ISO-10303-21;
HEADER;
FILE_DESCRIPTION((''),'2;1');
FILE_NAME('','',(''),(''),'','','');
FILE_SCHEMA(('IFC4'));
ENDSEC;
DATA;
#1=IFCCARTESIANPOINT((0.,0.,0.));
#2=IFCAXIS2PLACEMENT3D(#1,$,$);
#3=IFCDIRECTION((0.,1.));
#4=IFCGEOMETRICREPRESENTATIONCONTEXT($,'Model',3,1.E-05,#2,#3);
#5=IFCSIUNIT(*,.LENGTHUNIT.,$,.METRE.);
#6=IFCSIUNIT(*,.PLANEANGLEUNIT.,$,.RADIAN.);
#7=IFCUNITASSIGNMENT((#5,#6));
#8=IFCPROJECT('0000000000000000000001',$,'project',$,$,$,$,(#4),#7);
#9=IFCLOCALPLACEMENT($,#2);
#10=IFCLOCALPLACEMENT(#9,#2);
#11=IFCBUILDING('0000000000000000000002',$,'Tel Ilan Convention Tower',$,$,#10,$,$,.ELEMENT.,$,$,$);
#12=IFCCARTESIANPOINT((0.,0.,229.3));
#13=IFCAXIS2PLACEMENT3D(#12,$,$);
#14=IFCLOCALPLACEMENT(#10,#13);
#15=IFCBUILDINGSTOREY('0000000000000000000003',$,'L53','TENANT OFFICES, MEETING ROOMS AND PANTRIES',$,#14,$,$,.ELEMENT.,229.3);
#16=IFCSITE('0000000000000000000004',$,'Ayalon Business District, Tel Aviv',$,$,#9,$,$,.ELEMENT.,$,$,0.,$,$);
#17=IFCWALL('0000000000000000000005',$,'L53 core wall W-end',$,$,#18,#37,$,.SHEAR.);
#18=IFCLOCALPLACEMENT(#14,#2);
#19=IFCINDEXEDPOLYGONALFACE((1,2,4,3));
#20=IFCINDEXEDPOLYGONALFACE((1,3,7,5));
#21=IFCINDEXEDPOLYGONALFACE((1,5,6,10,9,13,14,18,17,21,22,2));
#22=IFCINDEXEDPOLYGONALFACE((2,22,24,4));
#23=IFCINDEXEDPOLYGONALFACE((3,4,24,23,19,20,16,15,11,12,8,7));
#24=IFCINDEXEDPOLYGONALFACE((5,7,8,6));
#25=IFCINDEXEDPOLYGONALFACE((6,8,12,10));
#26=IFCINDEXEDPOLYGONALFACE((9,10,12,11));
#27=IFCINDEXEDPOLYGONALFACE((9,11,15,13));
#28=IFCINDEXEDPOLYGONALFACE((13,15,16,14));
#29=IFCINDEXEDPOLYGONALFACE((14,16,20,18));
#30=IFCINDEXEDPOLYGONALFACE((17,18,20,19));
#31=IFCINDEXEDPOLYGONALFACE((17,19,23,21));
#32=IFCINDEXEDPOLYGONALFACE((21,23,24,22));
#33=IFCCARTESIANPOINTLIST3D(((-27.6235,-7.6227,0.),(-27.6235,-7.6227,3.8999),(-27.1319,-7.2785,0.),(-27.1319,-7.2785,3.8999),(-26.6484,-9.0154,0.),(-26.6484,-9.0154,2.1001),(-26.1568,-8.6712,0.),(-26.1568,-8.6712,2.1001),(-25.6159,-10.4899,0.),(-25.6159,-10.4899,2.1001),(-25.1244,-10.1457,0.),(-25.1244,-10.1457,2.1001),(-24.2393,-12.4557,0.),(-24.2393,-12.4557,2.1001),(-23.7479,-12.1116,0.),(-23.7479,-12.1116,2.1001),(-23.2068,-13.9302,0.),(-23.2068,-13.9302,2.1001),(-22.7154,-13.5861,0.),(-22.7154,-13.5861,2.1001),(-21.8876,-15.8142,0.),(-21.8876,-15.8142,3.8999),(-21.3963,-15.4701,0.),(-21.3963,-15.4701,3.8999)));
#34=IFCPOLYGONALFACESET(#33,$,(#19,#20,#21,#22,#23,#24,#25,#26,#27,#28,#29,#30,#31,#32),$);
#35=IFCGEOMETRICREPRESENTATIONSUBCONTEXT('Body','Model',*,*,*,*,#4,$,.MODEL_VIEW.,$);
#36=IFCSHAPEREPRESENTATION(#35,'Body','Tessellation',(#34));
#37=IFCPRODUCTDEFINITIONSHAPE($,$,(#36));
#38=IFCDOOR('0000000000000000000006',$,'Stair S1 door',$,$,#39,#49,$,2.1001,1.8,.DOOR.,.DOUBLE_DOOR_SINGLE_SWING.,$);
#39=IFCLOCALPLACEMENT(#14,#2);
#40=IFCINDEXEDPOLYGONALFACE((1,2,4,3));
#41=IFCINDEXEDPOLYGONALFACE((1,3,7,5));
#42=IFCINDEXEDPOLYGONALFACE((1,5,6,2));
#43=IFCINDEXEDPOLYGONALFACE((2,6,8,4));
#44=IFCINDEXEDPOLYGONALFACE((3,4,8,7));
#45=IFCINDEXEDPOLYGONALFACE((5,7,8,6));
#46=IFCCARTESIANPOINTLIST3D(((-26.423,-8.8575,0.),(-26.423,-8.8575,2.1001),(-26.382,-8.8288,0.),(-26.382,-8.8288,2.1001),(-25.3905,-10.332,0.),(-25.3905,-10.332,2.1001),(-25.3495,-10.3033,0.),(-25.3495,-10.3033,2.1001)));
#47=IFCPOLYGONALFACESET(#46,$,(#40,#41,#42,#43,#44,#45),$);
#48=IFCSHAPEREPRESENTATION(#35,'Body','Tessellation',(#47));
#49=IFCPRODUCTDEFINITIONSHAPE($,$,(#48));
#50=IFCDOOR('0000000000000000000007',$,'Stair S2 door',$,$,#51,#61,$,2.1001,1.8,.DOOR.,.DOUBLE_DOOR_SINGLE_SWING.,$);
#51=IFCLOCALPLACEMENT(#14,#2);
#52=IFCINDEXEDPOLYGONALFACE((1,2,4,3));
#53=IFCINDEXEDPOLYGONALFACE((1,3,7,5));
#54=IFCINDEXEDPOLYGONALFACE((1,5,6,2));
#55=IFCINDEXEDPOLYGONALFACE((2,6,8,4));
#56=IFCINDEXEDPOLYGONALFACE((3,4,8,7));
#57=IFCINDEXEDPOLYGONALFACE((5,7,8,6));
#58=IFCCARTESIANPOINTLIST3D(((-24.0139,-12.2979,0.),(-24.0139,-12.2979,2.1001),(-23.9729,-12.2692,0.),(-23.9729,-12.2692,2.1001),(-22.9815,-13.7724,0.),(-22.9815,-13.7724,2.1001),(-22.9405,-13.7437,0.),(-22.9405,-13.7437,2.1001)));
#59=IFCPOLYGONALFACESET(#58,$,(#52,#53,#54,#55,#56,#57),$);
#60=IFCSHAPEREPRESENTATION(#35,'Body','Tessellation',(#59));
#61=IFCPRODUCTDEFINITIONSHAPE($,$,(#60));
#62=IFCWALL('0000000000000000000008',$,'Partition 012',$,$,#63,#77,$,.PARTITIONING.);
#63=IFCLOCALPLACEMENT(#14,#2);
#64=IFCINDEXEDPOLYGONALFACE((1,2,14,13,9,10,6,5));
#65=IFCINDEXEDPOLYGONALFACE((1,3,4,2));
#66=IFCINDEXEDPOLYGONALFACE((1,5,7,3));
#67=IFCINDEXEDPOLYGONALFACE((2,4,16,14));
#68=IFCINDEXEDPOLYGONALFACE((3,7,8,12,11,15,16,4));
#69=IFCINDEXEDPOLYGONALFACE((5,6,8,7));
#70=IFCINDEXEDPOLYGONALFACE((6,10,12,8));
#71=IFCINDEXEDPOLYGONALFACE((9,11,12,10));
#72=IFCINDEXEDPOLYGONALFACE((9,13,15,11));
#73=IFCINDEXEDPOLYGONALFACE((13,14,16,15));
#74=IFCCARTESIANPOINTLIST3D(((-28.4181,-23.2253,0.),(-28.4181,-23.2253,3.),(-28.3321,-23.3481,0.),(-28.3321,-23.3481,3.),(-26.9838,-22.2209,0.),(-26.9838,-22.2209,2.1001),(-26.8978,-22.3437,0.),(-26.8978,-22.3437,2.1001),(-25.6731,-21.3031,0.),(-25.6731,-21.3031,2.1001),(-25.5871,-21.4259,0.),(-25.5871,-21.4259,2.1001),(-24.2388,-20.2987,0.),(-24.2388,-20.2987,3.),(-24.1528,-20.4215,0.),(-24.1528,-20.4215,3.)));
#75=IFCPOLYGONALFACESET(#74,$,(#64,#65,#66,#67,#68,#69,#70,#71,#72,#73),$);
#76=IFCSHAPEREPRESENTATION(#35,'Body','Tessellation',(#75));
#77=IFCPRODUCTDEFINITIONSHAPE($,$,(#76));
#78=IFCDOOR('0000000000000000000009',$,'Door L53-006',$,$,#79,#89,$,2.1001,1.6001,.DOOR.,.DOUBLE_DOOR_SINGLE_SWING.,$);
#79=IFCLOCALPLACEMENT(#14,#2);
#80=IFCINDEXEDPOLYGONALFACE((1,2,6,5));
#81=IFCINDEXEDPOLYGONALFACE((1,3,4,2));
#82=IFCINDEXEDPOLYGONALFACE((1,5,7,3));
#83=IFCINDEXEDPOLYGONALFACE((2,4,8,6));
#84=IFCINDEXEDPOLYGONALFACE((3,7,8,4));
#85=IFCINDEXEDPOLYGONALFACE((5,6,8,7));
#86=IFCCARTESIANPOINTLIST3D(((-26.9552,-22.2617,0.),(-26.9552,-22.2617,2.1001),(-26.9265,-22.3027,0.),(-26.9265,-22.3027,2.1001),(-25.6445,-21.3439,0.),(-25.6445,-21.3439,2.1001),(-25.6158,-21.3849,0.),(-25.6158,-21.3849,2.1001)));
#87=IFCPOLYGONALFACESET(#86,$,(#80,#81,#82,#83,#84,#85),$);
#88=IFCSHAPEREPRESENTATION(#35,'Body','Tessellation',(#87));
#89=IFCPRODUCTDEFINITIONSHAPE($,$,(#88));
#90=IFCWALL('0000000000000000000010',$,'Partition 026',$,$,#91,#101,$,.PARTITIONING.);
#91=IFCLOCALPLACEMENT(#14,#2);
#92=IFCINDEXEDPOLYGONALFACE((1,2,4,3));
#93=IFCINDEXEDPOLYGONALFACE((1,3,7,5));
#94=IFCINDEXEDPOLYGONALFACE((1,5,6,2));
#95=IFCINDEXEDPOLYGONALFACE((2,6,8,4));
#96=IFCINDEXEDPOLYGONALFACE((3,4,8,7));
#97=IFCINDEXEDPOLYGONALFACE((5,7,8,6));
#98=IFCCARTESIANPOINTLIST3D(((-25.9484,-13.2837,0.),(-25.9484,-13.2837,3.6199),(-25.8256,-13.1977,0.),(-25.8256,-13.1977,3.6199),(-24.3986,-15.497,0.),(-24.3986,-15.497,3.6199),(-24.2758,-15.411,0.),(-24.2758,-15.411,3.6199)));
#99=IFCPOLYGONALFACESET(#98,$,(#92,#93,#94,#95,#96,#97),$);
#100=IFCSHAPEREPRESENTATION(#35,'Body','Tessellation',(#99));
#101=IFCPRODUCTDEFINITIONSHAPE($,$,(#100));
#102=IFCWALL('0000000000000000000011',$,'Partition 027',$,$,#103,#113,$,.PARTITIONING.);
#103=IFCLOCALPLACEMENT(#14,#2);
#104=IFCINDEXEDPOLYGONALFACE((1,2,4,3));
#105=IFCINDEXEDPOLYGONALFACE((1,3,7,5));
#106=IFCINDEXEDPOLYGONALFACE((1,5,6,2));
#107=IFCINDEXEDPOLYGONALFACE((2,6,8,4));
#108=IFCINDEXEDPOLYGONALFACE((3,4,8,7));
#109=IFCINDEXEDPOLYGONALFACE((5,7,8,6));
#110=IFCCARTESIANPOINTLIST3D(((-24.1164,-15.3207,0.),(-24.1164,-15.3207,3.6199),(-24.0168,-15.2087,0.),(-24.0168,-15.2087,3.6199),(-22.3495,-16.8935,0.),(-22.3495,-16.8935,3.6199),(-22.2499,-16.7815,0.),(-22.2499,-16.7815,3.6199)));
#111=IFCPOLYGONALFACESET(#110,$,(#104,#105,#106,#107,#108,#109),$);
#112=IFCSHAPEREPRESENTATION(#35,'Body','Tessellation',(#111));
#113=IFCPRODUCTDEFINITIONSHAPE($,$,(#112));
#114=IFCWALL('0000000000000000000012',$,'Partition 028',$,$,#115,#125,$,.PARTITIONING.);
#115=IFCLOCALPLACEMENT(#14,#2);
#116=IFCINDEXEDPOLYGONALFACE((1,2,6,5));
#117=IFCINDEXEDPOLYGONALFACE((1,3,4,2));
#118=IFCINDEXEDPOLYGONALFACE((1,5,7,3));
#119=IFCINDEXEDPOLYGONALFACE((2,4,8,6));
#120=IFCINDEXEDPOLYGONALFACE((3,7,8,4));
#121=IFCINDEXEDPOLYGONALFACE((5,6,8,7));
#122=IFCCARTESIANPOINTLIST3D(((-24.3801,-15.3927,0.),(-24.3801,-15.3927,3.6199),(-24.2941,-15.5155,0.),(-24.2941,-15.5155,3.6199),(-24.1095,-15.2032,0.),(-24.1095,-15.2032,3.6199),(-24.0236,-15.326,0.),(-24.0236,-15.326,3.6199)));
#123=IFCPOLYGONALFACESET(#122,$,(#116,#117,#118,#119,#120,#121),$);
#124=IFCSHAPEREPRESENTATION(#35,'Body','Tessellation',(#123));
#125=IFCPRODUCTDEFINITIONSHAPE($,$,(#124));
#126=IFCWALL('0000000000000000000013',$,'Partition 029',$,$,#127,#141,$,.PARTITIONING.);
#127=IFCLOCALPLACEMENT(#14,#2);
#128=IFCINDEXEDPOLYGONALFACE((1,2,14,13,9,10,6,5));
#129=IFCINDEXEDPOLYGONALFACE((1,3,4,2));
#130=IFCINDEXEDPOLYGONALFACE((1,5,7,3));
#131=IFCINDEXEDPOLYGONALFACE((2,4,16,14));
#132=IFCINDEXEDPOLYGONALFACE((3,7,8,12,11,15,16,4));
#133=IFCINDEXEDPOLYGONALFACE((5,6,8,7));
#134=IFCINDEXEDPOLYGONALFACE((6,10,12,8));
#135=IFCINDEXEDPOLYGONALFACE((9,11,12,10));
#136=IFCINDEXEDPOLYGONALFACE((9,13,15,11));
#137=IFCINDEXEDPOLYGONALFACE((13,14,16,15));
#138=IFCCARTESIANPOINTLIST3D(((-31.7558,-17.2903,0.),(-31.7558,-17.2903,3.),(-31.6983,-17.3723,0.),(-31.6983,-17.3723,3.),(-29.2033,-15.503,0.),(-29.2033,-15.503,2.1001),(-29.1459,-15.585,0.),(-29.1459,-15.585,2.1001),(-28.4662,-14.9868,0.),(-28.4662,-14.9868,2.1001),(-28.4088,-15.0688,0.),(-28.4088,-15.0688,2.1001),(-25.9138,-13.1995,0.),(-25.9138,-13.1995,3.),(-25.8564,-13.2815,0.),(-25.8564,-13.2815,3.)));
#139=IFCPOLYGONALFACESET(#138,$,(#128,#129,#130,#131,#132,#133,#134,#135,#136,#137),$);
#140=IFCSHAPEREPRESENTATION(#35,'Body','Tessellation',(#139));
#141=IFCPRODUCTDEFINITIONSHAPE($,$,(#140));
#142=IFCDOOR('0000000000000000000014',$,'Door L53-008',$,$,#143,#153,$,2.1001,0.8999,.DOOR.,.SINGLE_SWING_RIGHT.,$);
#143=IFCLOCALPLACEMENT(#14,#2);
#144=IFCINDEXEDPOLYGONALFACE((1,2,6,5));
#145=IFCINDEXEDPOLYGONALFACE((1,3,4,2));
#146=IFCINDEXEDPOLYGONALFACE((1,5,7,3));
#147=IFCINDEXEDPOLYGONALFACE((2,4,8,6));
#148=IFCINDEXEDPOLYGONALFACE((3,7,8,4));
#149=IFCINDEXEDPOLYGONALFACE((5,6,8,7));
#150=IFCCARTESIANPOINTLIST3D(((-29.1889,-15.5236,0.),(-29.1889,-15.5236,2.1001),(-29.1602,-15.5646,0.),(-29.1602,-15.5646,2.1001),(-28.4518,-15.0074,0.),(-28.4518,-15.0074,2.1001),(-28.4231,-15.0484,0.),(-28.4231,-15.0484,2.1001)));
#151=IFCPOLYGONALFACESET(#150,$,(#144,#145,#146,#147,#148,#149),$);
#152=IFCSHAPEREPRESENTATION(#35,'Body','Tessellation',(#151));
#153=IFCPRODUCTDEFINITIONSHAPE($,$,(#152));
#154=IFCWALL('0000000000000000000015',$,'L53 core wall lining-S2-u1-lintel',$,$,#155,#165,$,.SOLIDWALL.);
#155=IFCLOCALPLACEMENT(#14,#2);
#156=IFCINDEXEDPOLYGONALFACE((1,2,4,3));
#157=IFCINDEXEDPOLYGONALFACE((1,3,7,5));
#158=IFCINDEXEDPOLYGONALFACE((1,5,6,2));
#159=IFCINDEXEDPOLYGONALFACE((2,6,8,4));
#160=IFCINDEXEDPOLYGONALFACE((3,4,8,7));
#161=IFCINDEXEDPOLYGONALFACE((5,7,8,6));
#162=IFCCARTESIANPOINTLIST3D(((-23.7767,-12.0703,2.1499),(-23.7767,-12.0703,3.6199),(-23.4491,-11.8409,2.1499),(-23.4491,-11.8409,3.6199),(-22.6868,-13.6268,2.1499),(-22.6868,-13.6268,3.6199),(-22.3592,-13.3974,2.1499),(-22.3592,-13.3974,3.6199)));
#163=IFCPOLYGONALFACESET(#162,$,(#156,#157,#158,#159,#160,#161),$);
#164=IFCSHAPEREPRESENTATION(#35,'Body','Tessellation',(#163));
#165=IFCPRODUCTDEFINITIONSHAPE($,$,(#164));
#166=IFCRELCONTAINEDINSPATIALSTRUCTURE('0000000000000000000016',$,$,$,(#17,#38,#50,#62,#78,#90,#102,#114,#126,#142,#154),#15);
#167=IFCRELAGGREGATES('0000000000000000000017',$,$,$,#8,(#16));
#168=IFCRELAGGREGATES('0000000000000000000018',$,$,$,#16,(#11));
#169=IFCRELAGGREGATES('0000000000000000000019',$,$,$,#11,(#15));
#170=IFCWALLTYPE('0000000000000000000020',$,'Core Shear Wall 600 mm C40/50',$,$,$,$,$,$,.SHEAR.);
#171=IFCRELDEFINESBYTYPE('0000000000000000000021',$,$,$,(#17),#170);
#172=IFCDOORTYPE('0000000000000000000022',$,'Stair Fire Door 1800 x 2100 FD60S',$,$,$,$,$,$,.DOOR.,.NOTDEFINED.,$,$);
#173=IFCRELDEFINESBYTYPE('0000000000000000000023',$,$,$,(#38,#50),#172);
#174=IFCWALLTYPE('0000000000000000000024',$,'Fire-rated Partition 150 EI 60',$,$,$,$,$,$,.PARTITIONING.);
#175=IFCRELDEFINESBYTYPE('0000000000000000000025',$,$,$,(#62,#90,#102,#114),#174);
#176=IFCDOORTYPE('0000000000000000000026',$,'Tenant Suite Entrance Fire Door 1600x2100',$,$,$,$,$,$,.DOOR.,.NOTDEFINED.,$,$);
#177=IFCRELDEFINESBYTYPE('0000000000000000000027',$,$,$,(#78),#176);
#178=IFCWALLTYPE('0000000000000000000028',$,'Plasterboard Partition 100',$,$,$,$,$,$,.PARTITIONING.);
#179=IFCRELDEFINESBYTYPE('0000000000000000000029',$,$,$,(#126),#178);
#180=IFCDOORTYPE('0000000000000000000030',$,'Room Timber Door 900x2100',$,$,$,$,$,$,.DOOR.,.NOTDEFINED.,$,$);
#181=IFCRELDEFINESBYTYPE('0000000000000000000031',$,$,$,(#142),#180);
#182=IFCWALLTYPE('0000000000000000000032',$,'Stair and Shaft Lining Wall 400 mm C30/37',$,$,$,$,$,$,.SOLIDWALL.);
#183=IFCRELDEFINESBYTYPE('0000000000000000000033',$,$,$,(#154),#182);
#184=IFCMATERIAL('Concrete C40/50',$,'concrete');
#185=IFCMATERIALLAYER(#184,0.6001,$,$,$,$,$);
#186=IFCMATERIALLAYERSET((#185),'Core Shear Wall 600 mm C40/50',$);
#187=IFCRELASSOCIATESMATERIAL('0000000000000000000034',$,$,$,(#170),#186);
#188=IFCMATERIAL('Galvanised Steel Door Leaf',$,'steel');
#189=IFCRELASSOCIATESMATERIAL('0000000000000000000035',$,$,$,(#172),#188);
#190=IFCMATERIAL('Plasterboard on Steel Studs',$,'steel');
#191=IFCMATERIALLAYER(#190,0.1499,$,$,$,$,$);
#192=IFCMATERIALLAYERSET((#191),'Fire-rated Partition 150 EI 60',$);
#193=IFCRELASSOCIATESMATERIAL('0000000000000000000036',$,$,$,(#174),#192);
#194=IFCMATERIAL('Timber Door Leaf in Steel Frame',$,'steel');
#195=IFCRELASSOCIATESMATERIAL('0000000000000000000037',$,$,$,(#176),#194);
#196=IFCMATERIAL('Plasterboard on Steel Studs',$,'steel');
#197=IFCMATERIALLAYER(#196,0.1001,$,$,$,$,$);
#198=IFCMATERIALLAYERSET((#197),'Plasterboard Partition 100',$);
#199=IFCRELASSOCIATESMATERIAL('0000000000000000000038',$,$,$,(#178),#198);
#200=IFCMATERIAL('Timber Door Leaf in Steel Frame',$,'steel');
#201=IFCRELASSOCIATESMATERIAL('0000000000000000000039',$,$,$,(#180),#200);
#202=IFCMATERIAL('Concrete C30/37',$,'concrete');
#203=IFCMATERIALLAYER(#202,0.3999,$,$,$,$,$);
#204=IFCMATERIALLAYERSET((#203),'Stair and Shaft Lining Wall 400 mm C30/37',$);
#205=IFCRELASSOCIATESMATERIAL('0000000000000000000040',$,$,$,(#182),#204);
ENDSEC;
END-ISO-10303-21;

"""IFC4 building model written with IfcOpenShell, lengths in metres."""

from ifc_helpers import new_model, si_unit, direction, frame, frame_2d, origin, place, context, subcontext, project, spatial, polyline, rectangle, outline, extrude, material, layer, layer_set, type_object, element, fill, save


model = new_model("IFC4")

# Units and contexts
model_context = context("Model", 3, precision=1e-05, world=origin(), true_north=direction((0.0, 1.0)))
body_context = subcontext(model_context, "Body", "Model", "MODEL_VIEW")
ifc_project = project(units=[si_unit("LENGTHUNIT", "METRE"), si_unit("PLANEANGLEUNIT", "RADIAN")], contexts=[model_context])

# Site, building, storey
site_placement = place(None, origin())
site = spatial("IfcSite", under=ifc_project, at=site_placement, Name="Ayalon Business District, Tel Aviv", CompositionType="ELEMENT", RefElevation=0.0)
building_placement = place(site_placement, origin())
building = spatial("IfcBuilding", under=site, at=building_placement, Name="Tel Ilan Convention Tower", CompositionType="ELEMENT")
storey_placement = place(building_placement, frame((0.0, 0.0, 229.3)))
storey = spatial("IfcBuildingStorey", under=building, at=storey_placement, Name="L53", Description="TENANT OFFICES, MEETING ROOMS AND PANTRIES", CompositionType="ELEMENT", Elevation=229.3)

# Wall, openings, doors
ifc_material_1 = material(Name="Concrete C40/50", Category="concrete")
ifc_layer_1 = layer(ifc_material_1, 0.6001)
ifc_layer_set_1 = layer_set([ifc_layer_1], Name="Core Shear Wall 600 mm C40/50")
wall_type_1 = type_object("IfcWallType", Name="Core Shear Wall 600 mm C40/50", PredefinedType="SHEAR", material=ifc_layer_set_1)
wall_1_placement = place(storey_placement, frame((-21.6418, -15.6421, 0.0), z_axis=(0.0, 0.0, 1.0), x_axis=(-0.573587, 0.819145, 0.0)))
wall_1 = element("IfcWall", 1, at=wall_1_placement, inside=storey, type_object=wall_type_1, Name="L53 core wall W-end", PredefinedType="SHEAR", context=body_context, shape_type="SweptSolid", body=[
    extrude(outline(polyline([(0.0, 0.3), (0.0, -0.2998), (10.0, -0.3), (10.0, 0.3), (0.0, 0.3)])), origin(), (0.0, 0.0, 1.0), 3.8999),
])
opening_1_placement = place(wall_1_placement, frame((6.5, 0.0, 0.0)))
opening_1 = element("IfcOpeningElement", 2, at=opening_1_placement, cuts=wall_1, PredefinedType="OPENING", context=body_context, shape_type="SweptSolid", body=[
    extrude(rectangle(XDim=1.8, YDim=2.1001, at=frame_2d((0.8999, 1.05))), frame((0.0, 0.3101, 0.0), z_axis=(0.0, -1.0, 0.0), x_axis=(1.0, 0.0, 0.0)), (0.0, 0.0, 1.0), 0.6201),
])
opening_2_placement = place(wall_1_placement, frame((2.3, 0.0, 0.0)))
opening_2 = element("IfcOpeningElement", 3, at=opening_2_placement, cuts=wall_1, PredefinedType="OPENING", context=body_context, shape_type="SweptSolid", body=[
    extrude(rectangle(XDim=1.8, YDim=2.1001, at=frame_2d((0.8999, 1.05))), frame((0.0, 0.3101, 0.0), z_axis=(0.0, -1.0, 0.0), x_axis=(1.0, 0.0, 0.0)), (0.0, 0.0, 1.0), 0.6201),
])
ifc_material_2 = material(Name="Galvanised Steel Door Leaf", Category="steel")
door_type_1 = type_object("IfcDoorType", Name="Stair Fire Door 1800 x 2100 FD60S", OperationType="NOTDEFINED", PredefinedType="DOOR", material=ifc_material_2)
door_1_placement = place(opening_1_placement, origin())
door_1 = element("IfcDoor", 4, at=door_1_placement, inside=storey, type_object=door_type_1, Name="Stair S1 door", OperationType="DOUBLE_DOOR_SINGLE_SWING", OverallHeight=2.1001, OverallWidth=1.8, PredefinedType="DOOR", context=body_context, shape_type="SweptSolid", body=[
    extrude(rectangle(XDim=1.8, YDim=2.1001, at=frame_2d((0.8999, 1.05))), frame((0.0, 0.0249, 0.0), z_axis=(0.0, -1.0, 0.0), x_axis=(1.0, 0.0, 0.0)), (0.0, 0.0, 1.0), 0.05),
])
fill(opening_1, door_1)
door_2_placement = place(opening_2_placement, origin())
door_2 = element("IfcDoor", 5, at=door_2_placement, inside=storey, type_object=door_type_1, Name="Stair S2 door", OperationType="DOUBLE_DOOR_SINGLE_SWING", OverallHeight=2.1001, OverallWidth=1.8, PredefinedType="DOOR", context=body_context, shape_type="SweptSolid", body=[
    extrude(rectangle(XDim=1.8, YDim=2.1001, at=frame_2d((0.8999, 1.05))), frame((0.0, 0.0249, 0.0), z_axis=(0.0, -1.0, 0.0), x_axis=(1.0, 0.0, 0.0)), (0.0, 0.0, 1.0), 0.05),
])
fill(opening_2, door_2)

# Wall, opening, door
ifc_material_3 = material(Name="Plasterboard on Steel Studs", Category="steel")
ifc_layer_2 = layer(ifc_material_3, 0.1499)
ifc_layer_set_2 = layer_set([ifc_layer_2], Name="Fire-rated Partition 150 EI 60")
wall_type_2 = type_object("IfcWallType", Name="Fire-rated Partition 150 EI 60", PredefinedType="PARTITIONING", material=ifc_layer_set_2)
wall_2_placement = place(storey_placement, frame((-24.1958, -20.3601, 0.0), z_axis=(0.0, 0.0, 1.0), x_axis=(-0.819133, -0.573604, 0.0)))
wall_2 = element("IfcWall", 6, at=wall_2_placement, inside=storey, type_object=wall_type_2, Name="Partition 012", PredefinedType="PARTITIONING", context=body_context, shape_type="SweptSolid", body=[
    extrude(rectangle(XDim=5.1021, YDim=0.1499, at=frame_2d((2.551, 0.0))), origin(), (0.0, 0.0, 1.0), 3.0),
])
opening_3_placement = place(wall_2_placement, frame((1.751, 0.0, 0.0)))
opening_3 = element("IfcOpeningElement", 7, at=opening_3_placement, cuts=wall_2, PredefinedType="OPENING", context=body_context, shape_type="SweptSolid", body=[
    extrude(rectangle(XDim=1.6001, YDim=2.1001, at=frame_2d((0.8, 1.05))), frame((0.0, 0.085, 0.0), z_axis=(0.0, -1.0, 0.0), x_axis=(1.0, 0.0, 0.0)), (0.0, 0.0, 1.0), 0.1699),
])
ifc_material_4 = material(Name="Timber Door Leaf in Steel Frame", Category="steel")
door_type_2 = type_object("IfcDoorType", Name="Tenant Suite Entrance Fire Door 1600x2100", OperationType="NOTDEFINED", PredefinedType="DOOR", material=ifc_material_4)
door_3_placement = place(opening_3_placement, origin())
door_3 = element("IfcDoor", 8, at=door_3_placement, inside=storey, type_object=door_type_2, Name="Door L53-006", OperationType="DOUBLE_DOOR_SINGLE_SWING", OverallHeight=2.1001, OverallWidth=1.6001, PredefinedType="DOOR", context=body_context, shape_type="SweptSolid", body=[
    extrude(rectangle(XDim=1.6001, YDim=2.1001, at=frame_2d((0.8, 1.05))), frame((0.0, 0.0249, 0.0), z_axis=(0.0, -1.0, 0.0), x_axis=(1.0, 0.0, 0.0)), (0.0, 0.0, 1.0), 0.05),
])
fill(opening_3, door_3)

# Walls
wall_3_placement = place(storey_placement, frame((-24.3372, -15.4541, 0.0), z_axis=(0.0, 0.0, 1.0), x_axis=(-0.573571, 0.819156, 0.0)))
element("IfcWall", 9, at=wall_3_placement, inside=storey, type_object=wall_type_2, Name="Partition 026", PredefinedType="PARTITIONING", context=body_context, shape_type="SweptSolid", body=[
    extrude(rectangle(XDim=2.7019, YDim=0.1499, at=frame_2d((1.3511, 0.0))), origin(), (0.0, 0.0, 1.0), 3.6199),
])
wall_4_placement = place(storey_placement, frame((-22.2998, -16.8374, 0.0), z_axis=(0.0, 0.0, 1.0), x_axis=(-0.746942, 0.664889, 0.0)))
element("IfcWall", 10, at=wall_4_placement, inside=storey, type_object=wall_type_2, Name="Partition 027", PredefinedType="PARTITIONING", context=body_context, shape_type="SweptSolid", body=[
    extrude(rectangle(XDim=2.3655, YDim=0.1499, at=frame_2d((1.1826, 0.0))), origin(), (0.0, 0.0, 1.0), 3.6199),
])
wall_5_placement = place(storey_placement, frame((-24.0667, -15.2646, 0.0), z_axis=(0.0, 0.0, 1.0), x_axis=(-0.819093, -0.573661, 0.0)))
element("IfcWall", 11, at=wall_5_placement, inside=storey, type_object=wall_type_2, Name="Partition 028", PredefinedType="PARTITIONING", context=body_context, shape_type="SweptSolid", body=[
    extrude(rectangle(XDim=0.3303, YDim=0.1499, at=frame_2d((0.165, 0.0))), origin(), (0.0, 0.0, 1.0), 3.6199),
])

# Wall, opening, door
ifc_material_5 = material(Name="Plasterboard on Steel Studs", Category="steel")
ifc_layer_3 = layer(ifc_material_5, 0.1001)
ifc_layer_set_3 = layer_set([ifc_layer_3], Name="Plasterboard Partition 100")
wall_type_3 = type_object("IfcWallType", Name="Plasterboard Partition 100", PredefinedType="PARTITIONING", material=ifc_layer_set_3)
wall_6_placement = place(storey_placement, frame((-31.7271, -17.3313, 0.0), z_axis=(0.0, 0.0, 1.0), x_axis=(0.81914, 0.573593, 0.0)))
wall_6 = element("IfcWall", 12, at=wall_6_placement, inside=storey, type_object=wall_type_3, Name="Partition 029", PredefinedType="PARTITIONING", context=body_context, shape_type="SweptSolid", body=[
    extrude(rectangle(XDim=7.1318, YDim=0.1001, at=frame_2d((3.5659, 0.0))), origin(), (0.0, 0.0, 1.0), 3.0),
])
opening_4_placement = place(wall_6_placement, frame((3.116, 0.0, 0.0)))
opening_4 = element("IfcOpeningElement", 13, at=opening_4_placement, cuts=wall_6, PredefinedType="OPENING", context=body_context, shape_type="SweptSolid", body=[
    extrude(rectangle(XDim=0.8999, YDim=2.1001, at=frame_2d((0.45, 1.05))), frame((0.0, 0.0601, 0.0), z_axis=(0.0, -1.0, 0.0), x_axis=(1.0, 0.0, 0.0)), (0.0, 0.0, 1.0), 0.1201),
])
ifc_material_6 = material(Name="Timber Door Leaf in Steel Frame", Category="steel")
door_type_3 = type_object("IfcDoorType", Name="Room Timber Door 900x2100", OperationType="NOTDEFINED", PredefinedType="DOOR", material=ifc_material_6)
door_4_placement = place(opening_4_placement, origin())
door_4 = element("IfcDoor", 14, at=door_4_placement, inside=storey, type_object=door_type_3, Name="Door L53-008", OperationType="SINGLE_SWING_RIGHT", OverallHeight=2.1001, OverallWidth=0.8999, PredefinedType="DOOR", context=body_context, shape_type="SweptSolid", body=[
    extrude(rectangle(XDim=0.8999, YDim=2.1001, at=frame_2d((0.45, 1.05))), frame((0.0, 0.0249, 0.0), z_axis=(0.0, -1.0, 0.0), x_axis=(1.0, 0.0, 0.0)), (0.0, 0.0, 1.0), 0.05),
])
fill(opening_4, door_4)

# Wall
ifc_material_7 = material(Name="Concrete C30/37", Category="concrete")
ifc_layer_4 = layer(ifc_material_7, 0.3999)
ifc_layer_set_4 = layer_set([ifc_layer_4], Name="Stair and Shaft Lining Wall 400 mm C30/37")
wall_type_4 = type_object("IfcWallType", Name="Stair and Shaft Lining Wall 400 mm C30/37", PredefinedType="SOLIDWALL", material=ifc_layer_set_4)
wall_7_placement = place(storey_placement, frame((-22.5229, -13.5122, 2.1499), z_axis=(0.0, 0.0, 1.0), x_axis=(-0.573592, 0.819141, 0.0)))
element("IfcWall", 15, at=wall_7_placement, inside=storey, type_object=wall_type_4, Name="L53 core wall lining-S2-u1-lintel", PredefinedType="SOLIDWALL", context=body_context, shape_type="SweptSolid", body=[
    extrude(rectangle(XDim=1.9001, YDim=0.3999, at=frame_2d((0.9502, 0.0))), origin(), (0.0, 0.0, 1.0), 1.47),
])

save(model, "model.ifc")
